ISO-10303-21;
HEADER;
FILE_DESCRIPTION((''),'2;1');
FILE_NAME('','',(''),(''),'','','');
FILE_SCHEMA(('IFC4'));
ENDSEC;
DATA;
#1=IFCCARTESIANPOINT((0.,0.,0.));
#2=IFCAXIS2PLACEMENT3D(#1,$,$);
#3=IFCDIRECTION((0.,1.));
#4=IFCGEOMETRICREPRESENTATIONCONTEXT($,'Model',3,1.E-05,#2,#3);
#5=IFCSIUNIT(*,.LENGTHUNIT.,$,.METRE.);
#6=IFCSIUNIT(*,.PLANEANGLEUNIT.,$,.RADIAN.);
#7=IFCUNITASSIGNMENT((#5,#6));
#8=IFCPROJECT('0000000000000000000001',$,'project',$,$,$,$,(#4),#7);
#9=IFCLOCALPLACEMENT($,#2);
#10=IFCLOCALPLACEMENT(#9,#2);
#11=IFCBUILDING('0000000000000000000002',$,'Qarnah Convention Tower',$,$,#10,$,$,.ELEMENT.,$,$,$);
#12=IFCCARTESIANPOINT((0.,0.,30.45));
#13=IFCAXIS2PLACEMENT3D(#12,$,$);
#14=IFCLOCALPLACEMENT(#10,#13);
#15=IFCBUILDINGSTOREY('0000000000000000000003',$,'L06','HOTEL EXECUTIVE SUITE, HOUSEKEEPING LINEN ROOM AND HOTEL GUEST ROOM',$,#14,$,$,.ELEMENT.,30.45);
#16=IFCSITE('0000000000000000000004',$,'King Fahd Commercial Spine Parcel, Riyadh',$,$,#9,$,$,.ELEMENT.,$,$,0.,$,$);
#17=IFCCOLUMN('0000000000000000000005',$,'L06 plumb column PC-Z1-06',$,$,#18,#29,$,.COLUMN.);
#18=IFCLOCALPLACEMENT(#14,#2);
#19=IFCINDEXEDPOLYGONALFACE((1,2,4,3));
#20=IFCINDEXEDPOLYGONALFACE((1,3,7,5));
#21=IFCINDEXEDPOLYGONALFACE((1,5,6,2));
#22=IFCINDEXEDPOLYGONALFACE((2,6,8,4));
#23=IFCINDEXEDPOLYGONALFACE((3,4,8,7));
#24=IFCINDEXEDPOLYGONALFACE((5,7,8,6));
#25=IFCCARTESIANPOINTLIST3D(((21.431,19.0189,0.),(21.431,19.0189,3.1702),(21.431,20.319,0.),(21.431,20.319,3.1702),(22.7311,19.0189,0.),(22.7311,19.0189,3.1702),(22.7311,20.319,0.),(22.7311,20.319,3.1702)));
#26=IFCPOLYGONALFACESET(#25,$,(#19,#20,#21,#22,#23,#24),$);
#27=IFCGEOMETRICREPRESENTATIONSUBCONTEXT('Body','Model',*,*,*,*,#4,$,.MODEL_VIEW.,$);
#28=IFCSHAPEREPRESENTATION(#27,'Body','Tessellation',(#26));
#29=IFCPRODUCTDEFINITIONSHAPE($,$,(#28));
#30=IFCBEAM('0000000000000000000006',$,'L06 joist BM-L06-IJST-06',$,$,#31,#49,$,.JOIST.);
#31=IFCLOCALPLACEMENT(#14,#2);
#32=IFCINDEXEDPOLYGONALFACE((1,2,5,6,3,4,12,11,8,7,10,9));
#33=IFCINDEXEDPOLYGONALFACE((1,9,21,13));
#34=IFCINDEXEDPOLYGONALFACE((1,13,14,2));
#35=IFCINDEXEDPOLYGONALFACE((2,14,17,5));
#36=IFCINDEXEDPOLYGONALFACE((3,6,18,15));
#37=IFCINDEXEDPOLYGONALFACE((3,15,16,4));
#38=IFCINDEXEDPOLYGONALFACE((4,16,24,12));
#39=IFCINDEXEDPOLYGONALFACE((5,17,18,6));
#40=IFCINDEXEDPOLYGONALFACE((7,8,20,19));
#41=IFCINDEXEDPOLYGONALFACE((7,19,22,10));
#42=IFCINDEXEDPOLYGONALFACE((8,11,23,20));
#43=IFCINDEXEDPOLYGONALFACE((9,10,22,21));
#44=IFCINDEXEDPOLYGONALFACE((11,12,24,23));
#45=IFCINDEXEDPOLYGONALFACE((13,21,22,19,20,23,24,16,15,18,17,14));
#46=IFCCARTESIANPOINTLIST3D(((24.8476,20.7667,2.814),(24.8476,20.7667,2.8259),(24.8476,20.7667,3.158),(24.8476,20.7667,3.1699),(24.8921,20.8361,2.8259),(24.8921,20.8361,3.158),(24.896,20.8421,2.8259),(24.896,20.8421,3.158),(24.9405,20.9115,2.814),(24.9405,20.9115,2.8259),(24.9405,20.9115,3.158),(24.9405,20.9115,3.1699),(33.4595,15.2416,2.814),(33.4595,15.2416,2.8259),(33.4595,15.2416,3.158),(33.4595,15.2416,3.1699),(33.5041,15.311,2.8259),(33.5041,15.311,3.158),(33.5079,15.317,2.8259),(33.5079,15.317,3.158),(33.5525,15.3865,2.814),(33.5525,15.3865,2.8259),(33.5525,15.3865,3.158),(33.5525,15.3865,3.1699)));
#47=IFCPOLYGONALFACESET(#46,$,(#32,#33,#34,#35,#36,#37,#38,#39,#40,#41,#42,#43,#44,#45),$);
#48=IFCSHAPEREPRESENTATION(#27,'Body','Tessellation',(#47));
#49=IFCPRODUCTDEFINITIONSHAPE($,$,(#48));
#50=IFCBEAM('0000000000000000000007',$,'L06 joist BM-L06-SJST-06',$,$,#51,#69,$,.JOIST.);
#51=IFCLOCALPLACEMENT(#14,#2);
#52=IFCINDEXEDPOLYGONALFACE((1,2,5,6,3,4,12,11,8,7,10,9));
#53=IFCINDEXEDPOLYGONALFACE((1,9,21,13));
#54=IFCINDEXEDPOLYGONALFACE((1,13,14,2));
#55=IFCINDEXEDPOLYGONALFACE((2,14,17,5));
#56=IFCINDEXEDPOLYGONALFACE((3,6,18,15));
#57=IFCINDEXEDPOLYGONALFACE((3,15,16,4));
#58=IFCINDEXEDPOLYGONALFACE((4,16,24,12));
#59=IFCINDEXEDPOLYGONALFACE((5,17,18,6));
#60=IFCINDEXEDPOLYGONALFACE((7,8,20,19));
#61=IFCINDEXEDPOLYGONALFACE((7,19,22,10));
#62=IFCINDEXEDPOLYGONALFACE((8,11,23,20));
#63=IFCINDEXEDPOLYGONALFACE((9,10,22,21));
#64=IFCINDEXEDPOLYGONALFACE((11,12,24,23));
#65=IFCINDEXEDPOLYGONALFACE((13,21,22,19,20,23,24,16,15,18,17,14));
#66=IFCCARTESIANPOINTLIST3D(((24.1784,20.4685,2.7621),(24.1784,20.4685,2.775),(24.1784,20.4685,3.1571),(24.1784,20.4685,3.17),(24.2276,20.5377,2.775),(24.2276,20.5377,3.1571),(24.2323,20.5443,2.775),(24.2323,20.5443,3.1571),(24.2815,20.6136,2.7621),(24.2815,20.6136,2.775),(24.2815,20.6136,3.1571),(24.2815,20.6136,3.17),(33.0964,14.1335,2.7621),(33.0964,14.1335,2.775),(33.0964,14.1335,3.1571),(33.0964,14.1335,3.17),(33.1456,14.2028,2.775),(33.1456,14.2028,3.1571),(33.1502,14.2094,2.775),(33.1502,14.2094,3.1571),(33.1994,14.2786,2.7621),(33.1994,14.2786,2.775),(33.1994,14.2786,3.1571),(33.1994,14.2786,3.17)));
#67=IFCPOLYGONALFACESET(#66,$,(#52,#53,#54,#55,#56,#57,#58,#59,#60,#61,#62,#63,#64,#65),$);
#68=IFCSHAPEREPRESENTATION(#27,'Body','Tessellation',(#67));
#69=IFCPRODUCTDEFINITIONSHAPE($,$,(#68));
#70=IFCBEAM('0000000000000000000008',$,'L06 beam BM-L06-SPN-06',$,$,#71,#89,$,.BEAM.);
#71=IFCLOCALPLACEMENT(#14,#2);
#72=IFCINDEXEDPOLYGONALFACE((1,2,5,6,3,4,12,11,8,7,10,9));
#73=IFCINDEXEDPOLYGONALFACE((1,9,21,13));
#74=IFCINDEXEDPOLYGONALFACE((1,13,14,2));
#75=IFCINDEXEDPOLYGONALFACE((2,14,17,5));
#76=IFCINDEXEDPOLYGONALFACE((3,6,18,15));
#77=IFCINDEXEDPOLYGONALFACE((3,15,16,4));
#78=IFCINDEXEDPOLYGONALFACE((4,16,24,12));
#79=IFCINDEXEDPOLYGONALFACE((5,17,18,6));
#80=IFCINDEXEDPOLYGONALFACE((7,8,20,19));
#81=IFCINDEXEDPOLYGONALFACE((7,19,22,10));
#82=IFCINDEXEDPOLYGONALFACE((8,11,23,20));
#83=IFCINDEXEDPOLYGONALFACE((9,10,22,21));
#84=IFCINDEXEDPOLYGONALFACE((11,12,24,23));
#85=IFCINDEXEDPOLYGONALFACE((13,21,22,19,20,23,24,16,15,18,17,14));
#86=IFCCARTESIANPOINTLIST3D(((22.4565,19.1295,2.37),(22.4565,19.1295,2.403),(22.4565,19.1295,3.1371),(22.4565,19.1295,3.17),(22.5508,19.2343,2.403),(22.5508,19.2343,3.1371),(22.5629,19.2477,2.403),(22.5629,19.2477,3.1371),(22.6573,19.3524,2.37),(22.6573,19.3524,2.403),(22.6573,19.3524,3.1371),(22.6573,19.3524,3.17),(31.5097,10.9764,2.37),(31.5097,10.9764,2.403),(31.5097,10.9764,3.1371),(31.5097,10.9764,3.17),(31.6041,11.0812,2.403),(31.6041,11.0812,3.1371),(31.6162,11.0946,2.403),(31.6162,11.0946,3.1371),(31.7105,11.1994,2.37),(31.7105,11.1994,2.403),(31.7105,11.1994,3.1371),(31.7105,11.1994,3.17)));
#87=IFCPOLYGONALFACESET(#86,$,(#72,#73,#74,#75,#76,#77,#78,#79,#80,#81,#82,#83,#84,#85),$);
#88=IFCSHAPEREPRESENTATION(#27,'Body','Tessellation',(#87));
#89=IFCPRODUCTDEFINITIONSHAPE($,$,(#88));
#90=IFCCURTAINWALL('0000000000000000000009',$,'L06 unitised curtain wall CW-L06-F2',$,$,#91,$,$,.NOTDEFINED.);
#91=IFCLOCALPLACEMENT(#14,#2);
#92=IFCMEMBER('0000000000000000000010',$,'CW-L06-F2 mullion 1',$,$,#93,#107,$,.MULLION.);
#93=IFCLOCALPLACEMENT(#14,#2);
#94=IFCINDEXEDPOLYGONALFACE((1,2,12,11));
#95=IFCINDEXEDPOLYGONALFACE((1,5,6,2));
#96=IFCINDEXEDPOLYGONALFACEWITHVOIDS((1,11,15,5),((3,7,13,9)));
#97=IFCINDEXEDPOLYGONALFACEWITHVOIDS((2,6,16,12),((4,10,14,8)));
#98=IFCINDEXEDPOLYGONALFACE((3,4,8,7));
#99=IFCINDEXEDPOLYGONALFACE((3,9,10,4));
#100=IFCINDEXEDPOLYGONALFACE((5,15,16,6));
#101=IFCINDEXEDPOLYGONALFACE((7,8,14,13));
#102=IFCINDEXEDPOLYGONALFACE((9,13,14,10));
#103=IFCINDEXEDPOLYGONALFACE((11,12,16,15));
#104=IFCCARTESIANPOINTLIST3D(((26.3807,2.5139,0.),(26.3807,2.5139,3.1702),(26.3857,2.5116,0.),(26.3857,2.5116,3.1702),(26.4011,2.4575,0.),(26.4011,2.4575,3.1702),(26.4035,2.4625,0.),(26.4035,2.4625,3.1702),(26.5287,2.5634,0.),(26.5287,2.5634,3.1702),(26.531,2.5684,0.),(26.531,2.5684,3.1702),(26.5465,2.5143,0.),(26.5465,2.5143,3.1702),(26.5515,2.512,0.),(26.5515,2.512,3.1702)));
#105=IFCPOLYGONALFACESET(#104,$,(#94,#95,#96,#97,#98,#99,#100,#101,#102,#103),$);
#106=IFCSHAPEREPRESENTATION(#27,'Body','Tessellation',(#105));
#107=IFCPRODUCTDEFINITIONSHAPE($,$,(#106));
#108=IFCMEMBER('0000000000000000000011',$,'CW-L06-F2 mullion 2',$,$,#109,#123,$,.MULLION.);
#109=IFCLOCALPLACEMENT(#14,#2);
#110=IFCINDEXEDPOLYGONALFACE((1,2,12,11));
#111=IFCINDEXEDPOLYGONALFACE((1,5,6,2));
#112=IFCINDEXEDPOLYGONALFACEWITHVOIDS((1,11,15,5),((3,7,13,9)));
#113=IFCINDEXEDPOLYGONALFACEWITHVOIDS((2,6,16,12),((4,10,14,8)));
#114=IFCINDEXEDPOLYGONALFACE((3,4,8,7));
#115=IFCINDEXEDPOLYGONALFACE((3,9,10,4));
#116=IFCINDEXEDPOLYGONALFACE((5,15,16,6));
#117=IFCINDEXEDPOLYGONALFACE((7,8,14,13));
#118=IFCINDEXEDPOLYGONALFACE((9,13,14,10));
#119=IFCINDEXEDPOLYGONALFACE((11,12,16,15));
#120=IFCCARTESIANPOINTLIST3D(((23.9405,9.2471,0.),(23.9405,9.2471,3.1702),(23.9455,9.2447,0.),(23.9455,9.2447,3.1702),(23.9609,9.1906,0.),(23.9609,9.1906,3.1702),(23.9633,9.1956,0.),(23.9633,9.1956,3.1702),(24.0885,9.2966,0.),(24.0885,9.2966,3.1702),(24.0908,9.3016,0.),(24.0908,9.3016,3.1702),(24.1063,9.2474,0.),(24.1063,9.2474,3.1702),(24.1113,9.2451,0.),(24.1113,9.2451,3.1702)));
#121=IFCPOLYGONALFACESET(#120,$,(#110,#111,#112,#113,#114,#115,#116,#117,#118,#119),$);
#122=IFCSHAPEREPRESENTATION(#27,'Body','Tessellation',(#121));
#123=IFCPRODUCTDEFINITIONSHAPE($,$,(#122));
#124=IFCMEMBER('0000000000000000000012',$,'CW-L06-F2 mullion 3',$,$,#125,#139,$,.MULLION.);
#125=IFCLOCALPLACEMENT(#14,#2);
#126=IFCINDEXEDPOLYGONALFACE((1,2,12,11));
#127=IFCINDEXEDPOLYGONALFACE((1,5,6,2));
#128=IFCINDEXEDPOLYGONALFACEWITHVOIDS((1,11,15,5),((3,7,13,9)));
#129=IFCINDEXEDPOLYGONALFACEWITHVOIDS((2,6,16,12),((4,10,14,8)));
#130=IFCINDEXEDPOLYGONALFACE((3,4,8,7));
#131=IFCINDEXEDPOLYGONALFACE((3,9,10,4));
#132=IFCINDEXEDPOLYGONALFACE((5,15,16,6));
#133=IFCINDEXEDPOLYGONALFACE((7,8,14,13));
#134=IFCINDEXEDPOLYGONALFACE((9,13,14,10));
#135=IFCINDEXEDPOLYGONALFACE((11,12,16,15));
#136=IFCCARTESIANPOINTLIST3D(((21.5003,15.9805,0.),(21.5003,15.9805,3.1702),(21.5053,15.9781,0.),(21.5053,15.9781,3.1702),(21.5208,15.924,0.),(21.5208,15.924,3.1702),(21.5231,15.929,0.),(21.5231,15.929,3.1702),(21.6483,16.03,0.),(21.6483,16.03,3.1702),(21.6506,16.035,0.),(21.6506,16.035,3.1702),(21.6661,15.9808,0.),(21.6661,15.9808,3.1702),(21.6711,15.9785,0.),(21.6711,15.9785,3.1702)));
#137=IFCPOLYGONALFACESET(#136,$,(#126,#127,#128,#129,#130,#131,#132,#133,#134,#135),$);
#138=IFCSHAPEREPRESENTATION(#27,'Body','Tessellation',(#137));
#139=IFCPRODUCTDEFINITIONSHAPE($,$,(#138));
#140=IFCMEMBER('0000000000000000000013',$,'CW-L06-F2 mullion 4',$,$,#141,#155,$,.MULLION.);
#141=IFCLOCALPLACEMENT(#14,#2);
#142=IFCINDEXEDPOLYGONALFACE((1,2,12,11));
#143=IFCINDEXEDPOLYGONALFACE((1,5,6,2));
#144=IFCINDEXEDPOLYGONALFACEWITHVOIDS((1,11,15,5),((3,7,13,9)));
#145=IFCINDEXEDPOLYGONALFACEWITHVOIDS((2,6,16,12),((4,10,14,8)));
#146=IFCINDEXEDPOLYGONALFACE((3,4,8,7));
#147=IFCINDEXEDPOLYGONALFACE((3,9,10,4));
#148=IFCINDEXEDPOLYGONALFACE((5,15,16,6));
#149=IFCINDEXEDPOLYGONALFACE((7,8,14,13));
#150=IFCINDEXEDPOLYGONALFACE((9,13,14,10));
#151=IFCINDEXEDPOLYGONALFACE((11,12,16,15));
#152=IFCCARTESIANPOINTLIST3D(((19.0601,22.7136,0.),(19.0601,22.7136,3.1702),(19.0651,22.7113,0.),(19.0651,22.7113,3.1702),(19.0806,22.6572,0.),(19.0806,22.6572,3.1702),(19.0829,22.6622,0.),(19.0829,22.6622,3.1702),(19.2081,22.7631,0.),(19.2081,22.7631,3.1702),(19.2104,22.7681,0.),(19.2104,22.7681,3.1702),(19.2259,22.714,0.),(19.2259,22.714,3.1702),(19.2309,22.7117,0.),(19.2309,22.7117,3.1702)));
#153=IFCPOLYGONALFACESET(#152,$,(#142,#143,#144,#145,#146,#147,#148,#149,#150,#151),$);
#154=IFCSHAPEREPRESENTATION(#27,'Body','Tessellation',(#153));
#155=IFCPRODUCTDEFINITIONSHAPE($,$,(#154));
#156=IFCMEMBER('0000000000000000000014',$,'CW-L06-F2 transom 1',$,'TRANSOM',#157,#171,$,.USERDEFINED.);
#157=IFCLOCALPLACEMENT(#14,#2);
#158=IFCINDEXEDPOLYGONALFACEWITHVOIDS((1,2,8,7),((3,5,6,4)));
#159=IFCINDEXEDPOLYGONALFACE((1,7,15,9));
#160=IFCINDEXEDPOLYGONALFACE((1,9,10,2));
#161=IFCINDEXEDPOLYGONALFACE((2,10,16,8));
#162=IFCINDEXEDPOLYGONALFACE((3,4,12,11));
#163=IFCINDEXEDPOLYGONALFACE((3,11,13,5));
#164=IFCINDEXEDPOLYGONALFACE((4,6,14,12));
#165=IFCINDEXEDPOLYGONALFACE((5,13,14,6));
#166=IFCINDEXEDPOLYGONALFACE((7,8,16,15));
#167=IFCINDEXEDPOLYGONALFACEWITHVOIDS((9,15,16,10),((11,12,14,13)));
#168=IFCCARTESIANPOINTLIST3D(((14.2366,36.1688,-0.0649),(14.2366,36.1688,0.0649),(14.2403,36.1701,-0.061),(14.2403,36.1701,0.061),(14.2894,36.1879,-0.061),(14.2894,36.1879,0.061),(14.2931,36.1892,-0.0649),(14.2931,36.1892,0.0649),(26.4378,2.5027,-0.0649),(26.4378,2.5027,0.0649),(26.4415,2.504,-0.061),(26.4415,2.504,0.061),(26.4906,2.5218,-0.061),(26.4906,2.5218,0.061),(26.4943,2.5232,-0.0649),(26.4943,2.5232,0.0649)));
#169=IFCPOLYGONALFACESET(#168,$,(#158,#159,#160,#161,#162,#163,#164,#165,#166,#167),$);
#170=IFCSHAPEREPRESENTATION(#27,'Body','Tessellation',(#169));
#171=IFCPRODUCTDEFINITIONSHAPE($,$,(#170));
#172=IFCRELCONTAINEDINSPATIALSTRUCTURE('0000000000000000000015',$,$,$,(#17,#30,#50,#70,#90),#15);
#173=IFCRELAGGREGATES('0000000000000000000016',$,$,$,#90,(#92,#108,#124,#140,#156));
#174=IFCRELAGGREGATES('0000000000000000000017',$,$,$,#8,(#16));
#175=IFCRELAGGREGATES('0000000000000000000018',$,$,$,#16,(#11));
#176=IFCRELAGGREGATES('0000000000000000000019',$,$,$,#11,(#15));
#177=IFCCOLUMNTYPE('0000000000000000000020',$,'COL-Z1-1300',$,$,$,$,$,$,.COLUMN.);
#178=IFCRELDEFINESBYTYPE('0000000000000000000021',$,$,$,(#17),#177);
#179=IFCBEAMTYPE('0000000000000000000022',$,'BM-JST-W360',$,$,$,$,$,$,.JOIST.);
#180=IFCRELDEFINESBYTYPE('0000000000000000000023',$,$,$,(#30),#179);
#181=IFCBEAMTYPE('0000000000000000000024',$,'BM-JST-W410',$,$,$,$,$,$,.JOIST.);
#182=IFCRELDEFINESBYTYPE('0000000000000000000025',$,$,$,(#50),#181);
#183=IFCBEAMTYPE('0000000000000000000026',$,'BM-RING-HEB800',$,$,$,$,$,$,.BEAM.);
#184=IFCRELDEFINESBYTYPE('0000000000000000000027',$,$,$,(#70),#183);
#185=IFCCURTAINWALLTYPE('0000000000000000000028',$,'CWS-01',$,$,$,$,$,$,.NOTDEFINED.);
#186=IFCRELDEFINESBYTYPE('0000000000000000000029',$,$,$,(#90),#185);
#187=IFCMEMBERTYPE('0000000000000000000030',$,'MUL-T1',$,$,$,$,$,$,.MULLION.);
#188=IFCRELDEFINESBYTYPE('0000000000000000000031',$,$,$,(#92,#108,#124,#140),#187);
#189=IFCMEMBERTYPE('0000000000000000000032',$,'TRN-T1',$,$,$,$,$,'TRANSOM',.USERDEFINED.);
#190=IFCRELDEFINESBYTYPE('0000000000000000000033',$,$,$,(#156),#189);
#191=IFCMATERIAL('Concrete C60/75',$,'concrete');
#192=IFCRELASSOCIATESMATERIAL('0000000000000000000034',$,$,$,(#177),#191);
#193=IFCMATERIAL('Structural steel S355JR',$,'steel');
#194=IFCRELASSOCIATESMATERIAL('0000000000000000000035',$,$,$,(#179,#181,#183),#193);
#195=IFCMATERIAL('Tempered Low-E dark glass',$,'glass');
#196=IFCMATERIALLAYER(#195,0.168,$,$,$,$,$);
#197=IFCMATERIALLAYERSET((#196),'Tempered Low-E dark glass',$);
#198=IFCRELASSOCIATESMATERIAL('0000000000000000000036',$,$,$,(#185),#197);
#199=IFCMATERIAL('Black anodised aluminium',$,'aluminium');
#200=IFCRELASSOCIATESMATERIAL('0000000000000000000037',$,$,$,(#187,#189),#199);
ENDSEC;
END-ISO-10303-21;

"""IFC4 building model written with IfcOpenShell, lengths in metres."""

from ifc_helpers import new_model, si_unit, direction, frame, origin, origin_2d, place, context, subcontext, project, spatial, rectangle, hollow_rectangle, i_section, extrude, material, layer, layer_set, material_profile, profile_set, type_object, element, aggregate, save


model = new_model("IFC4")

# Units and contexts
model_context = context("Model", 3, precision=1e-05, world=origin(), true_north=direction((0.0, 1.0)))
body_context = subcontext(model_context, "Body", "Model", "MODEL_VIEW")
ifc_project = project(units=[si_unit("LENGTHUNIT", "METRE"), si_unit("PLANEANGLEUNIT", "RADIAN")], contexts=[model_context])

# Site, building, storey
site_placement = place(None, origin())
site = spatial("IfcSite", under=ifc_project, at=site_placement, Name="King Fahd Commercial Spine Parcel, Riyadh", CompositionType="ELEMENT", RefElevation=0.0)
building_placement = place(site_placement, origin())
building = spatial("IfcBuilding", under=site, at=building_placement, Name="Qarnah Convention Tower", CompositionType="ELEMENT")
storey_placement = place(building_placement, frame((0.0, 0.0, 30.45)))
storey = spatial("IfcBuildingStorey", under=building, at=storey_placement, Name="L06", Description="HOTEL EXECUTIVE SUITE, HOUSEKEEPING LINEN ROOM AND HOTEL GUEST ROOM", CompositionType="ELEMENT", Elevation=30.45)

# Column
ifc_material_1 = material(Name="Concrete C60/75", Category="concrete")
ifc_material_profile_1 = material_profile(ifc_material_1, rectangle(XDim=1.3, YDim=1.3, at=origin_2d()), Name="RC-COL-1300X1300")
ifc_profile_set_1 = profile_set([ifc_material_profile_1], Name="Concrete C60/75")
column_type = type_object("IfcColumnType", Name="COL-Z1-1300", PredefinedType="COLUMN", material=ifc_profile_set_1)
column_placement = place(storey_placement, frame((22.0811, 19.6689, 0.0), z_axis=(0.0, 0.0, 1.0), x_axis=(1.0, 0.0, 0.0)))
element("IfcColumn", 1, at=column_placement, inside=storey, type_object=column_type, Name="L06 plumb column PC-Z1-06", PredefinedType="COLUMN", context=body_context, shape_type="SweptSolid", body=[
    extrude(rectangle(XDim=1.3, YDim=1.3, at=origin_2d()), origin(), (0.0, 0.0, 1.0), 3.1702),
])

# Beams
ifc_material_2 = material(Name="Structural steel S355JR", Category="steel")
ifc_material_profile_2 = material_profile(ifc_material_2, i_section(OverallWidth=0.1721, OverallDepth=0.356, WebThickness=0.0071, FlangeThickness=0.012, at=origin_2d()), Name="W360X51")
ifc_profile_set_2 = profile_set([ifc_material_profile_2], Name="Structural steel S355JR")
beam_type_1 = type_object("IfcBeamType", Name="BM-JST-W360", PredefinedType="JOIST", material=ifc_profile_set_2)
beam_1_placement = place(storey_placement, frame((24.894, 20.8391, 2.9919), z_axis=(0.841675, -0.539984, 0.0), x_axis=(0.539984, 0.841675, 0.0)))
element("IfcBeam", 2, at=beam_1_placement, inside=storey, type_object=beam_type_1, Name="L06 joist BM-L06-IJST-06", PredefinedType="JOIST", context=body_context, shape_type="SweptSolid", body=[
    extrude(i_section(OverallWidth=0.1721, OverallDepth=0.356, WebThickness=0.0071, FlangeThickness=0.012, at=origin_2d()), origin(), (0.0, 0.0, 1.0), 10.2319),
])
ifc_material_profile_3 = material_profile(ifc_material_2, i_section(OverallWidth=0.178, OverallDepth=0.408, WebThickness=0.0081, FlangeThickness=0.0129, at=origin_2d()), Name="W410X60")
ifc_profile_set_3 = profile_set([ifc_material_profile_3], Name="Structural steel S355JR")
beam_type_2 = type_object("IfcBeamType", Name="BM-JST-W410", PredefinedType="JOIST", material=ifc_profile_set_3)
beam_2_placement = place(storey_placement, frame((24.23, 20.541, 2.9661), z_axis=(0.815245, -0.579117, 0.0), x_axis=(0.579117, 0.815245, 0.0)))
element("IfcBeam", 3, at=beam_2_placement, inside=storey, type_object=beam_type_2, Name="L06 joist BM-L06-SJST-06", PredefinedType="JOIST", context=body_context, shape_type="SweptSolid", body=[
    extrude(i_section(OverallWidth=0.178, OverallDepth=0.408, WebThickness=0.0081, FlangeThickness=0.0129, at=origin_2d()), origin(), (0.0, 0.0, 1.0), 10.939),
])
ifc_material_profile_4 = material_profile(ifc_material_2, i_section(OverallWidth=0.3, OverallDepth=0.8, WebThickness=0.0181, FlangeThickness=0.033, at=origin_2d()), Name="HEB800")
ifc_profile_set_4 = profile_set([ifc_material_profile_4], Name="Structural steel S355JR")
beam_type_3 = type_object("IfcBeamType", Name="BM-RING-HEB800", PredefinedType="BEAM", material=ifc_profile_set_4)
beam_3_placement = place(storey_placement, frame((22.5569, 19.241, 2.77), z_axis=(0.743083, -0.669199, 0.0), x_axis=(0.669199, 0.743083, 0.0)))
element("IfcBeam", 4, at=beam_3_placement, inside=storey, type_object=beam_type_3, Name="L06 beam BM-L06-SPN-06", PredefinedType="BEAM", context=body_context, shape_type="SweptSolid", body=[
    extrude(i_section(OverallWidth=0.3, OverallDepth=0.8, WebThickness=0.0181, FlangeThickness=0.033, at=origin_2d()), origin(), (0.0, 0.0, 1.0), 12.1833),
])

# Curtain wall, members
ifc_material_3 = material(Name="Tempered Low-E dark glass", Category="glass")
ifc_layer_1 = layer(ifc_material_3, 0.168)
ifc_layer_set_1 = layer_set([ifc_layer_1], Name="Tempered Low-E dark glass")
curtain_wall_type = type_object("IfcCurtainWallType", Name="CWS-01", PredefinedType="NOTDEFINED", material=ifc_layer_set_1)
curtain_wall_placement = place(storey_placement, origin())
curtain_wall = element("IfcCurtainWall", 5, at=curtain_wall_placement, inside=storey, type_object=curtain_wall_type, Name="L06 unitised curtain wall CW-L06-F2", PredefinedType="NOTDEFINED")
ifc_material_4 = material(Name="Black anodised aluminium", Category="aluminium")
ifc_material_profile_5 = material_profile(ifc_material_4, hollow_rectangle(XDim=0.0601, YDim=0.1599, WallThickness=0.0039, at=origin_2d()), Name="MUL-60X160")
ifc_profile_set_5 = profile_set([ifc_material_profile_5], Name="Black anodised aluminium")
member_type_1 = type_object("IfcMemberType", Name="MUL-T1", PredefinedType="MULLION", material=ifc_profile_set_5)
member_1_placement = place(storey_placement, frame((26.4661, 2.5129, 0.0), z_axis=(0.0, 0.0, 1.0), x_axis=(-0.340727, 0.940162, 0.0)))
member_1 = element("IfcMember", 6, at=member_1_placement, type_object=member_type_1, Name="CW-L06-F2 mullion 1", PredefinedType="MULLION", context=body_context, shape_type="SweptSolid", body=[
    extrude(hollow_rectangle(XDim=0.0601, YDim=0.1599, WallThickness=0.0039, at=origin_2d()), origin(), (0.0, 0.0, 1.0), 3.1702),
])
member_2_placement = place(storey_placement, frame((24.0259, 9.2461, 0.0), z_axis=(0.0, 0.0, 1.0), x_axis=(-0.340727, 0.940162, 0.0)))
member_2 = element("IfcMember", 7, at=member_2_placement, type_object=member_type_1, Name="CW-L06-F2 mullion 2", PredefinedType="MULLION", context=body_context, shape_type="SweptSolid", body=[
    extrude(hollow_rectangle(XDim=0.0601, YDim=0.1599, WallThickness=0.0039, at=origin_2d()), origin(), (0.0, 0.0, 1.0), 3.1702),
])
member_3_placement = place(storey_placement, frame((21.5857, 15.9795, 0.0), z_axis=(0.0, 0.0, 1.0), x_axis=(-0.340727, 0.940162, 0.0)))
member_3 = element("IfcMember", 8, at=member_3_placement, type_object=member_type_1, Name="CW-L06-F2 mullion 3", PredefinedType="MULLION", context=body_context, shape_type="SweptSolid", body=[
    extrude(hollow_rectangle(XDim=0.0601, YDim=0.1599, WallThickness=0.0039, at=origin_2d()), origin(), (0.0, 0.0, 1.0), 3.1702),
])
member_4_placement = place(storey_placement, frame((19.1455, 22.7126, 0.0), z_axis=(0.0, 0.0, 1.0), x_axis=(-0.340727, 0.940162, 0.0)))
member_4 = element("IfcMember", 9, at=member_4_placement, type_object=member_type_1, Name="CW-L06-F2 mullion 4", PredefinedType="MULLION", context=body_context, shape_type="SweptSolid", body=[
    extrude(hollow_rectangle(XDim=0.0601, YDim=0.1599, WallThickness=0.0039, at=origin_2d()), origin(), (0.0, 0.0, 1.0), 3.1702),
])
ifc_material_profile_6 = material_profile(ifc_material_4, hollow_rectangle(XDim=0.0601, YDim=0.1299, WallThickness=0.0039, at=origin_2d()), Name="TRN-60X130")
ifc_profile_set_6 = profile_set([ifc_material_profile_6], Name="Black anodised aluminium")
member_type_2 = type_object("IfcMemberType", Name="TRN-T1", ElementType="TRANSOM", PredefinedType="USERDEFINED", material=ifc_profile_set_6)
member_5_placement = place(storey_placement, frame((26.4661, 2.5129, 0.0), z_axis=(-0.340731, 0.940161, 0.0), x_axis=(-0.940161, -0.340731, 0.0)))
member_5 = element("IfcMember", 10, at=member_5_placement, type_object=member_type_2, Name="CW-L06-F2 transom 1", ObjectType="TRANSOM", PredefinedType="USERDEFINED", context=body_context, shape_type="SweptSolid", body=[
    extrude(hollow_rectangle(XDim=0.0601, YDim=0.1299, WallThickness=0.0039, at=origin_2d()), origin(), (0.0, 0.0, 1.0), 35.8088),
])
aggregate(curtain_wall, [member_1, member_2, member_3, member_4, member_5])

save(model, "model.ifc")
